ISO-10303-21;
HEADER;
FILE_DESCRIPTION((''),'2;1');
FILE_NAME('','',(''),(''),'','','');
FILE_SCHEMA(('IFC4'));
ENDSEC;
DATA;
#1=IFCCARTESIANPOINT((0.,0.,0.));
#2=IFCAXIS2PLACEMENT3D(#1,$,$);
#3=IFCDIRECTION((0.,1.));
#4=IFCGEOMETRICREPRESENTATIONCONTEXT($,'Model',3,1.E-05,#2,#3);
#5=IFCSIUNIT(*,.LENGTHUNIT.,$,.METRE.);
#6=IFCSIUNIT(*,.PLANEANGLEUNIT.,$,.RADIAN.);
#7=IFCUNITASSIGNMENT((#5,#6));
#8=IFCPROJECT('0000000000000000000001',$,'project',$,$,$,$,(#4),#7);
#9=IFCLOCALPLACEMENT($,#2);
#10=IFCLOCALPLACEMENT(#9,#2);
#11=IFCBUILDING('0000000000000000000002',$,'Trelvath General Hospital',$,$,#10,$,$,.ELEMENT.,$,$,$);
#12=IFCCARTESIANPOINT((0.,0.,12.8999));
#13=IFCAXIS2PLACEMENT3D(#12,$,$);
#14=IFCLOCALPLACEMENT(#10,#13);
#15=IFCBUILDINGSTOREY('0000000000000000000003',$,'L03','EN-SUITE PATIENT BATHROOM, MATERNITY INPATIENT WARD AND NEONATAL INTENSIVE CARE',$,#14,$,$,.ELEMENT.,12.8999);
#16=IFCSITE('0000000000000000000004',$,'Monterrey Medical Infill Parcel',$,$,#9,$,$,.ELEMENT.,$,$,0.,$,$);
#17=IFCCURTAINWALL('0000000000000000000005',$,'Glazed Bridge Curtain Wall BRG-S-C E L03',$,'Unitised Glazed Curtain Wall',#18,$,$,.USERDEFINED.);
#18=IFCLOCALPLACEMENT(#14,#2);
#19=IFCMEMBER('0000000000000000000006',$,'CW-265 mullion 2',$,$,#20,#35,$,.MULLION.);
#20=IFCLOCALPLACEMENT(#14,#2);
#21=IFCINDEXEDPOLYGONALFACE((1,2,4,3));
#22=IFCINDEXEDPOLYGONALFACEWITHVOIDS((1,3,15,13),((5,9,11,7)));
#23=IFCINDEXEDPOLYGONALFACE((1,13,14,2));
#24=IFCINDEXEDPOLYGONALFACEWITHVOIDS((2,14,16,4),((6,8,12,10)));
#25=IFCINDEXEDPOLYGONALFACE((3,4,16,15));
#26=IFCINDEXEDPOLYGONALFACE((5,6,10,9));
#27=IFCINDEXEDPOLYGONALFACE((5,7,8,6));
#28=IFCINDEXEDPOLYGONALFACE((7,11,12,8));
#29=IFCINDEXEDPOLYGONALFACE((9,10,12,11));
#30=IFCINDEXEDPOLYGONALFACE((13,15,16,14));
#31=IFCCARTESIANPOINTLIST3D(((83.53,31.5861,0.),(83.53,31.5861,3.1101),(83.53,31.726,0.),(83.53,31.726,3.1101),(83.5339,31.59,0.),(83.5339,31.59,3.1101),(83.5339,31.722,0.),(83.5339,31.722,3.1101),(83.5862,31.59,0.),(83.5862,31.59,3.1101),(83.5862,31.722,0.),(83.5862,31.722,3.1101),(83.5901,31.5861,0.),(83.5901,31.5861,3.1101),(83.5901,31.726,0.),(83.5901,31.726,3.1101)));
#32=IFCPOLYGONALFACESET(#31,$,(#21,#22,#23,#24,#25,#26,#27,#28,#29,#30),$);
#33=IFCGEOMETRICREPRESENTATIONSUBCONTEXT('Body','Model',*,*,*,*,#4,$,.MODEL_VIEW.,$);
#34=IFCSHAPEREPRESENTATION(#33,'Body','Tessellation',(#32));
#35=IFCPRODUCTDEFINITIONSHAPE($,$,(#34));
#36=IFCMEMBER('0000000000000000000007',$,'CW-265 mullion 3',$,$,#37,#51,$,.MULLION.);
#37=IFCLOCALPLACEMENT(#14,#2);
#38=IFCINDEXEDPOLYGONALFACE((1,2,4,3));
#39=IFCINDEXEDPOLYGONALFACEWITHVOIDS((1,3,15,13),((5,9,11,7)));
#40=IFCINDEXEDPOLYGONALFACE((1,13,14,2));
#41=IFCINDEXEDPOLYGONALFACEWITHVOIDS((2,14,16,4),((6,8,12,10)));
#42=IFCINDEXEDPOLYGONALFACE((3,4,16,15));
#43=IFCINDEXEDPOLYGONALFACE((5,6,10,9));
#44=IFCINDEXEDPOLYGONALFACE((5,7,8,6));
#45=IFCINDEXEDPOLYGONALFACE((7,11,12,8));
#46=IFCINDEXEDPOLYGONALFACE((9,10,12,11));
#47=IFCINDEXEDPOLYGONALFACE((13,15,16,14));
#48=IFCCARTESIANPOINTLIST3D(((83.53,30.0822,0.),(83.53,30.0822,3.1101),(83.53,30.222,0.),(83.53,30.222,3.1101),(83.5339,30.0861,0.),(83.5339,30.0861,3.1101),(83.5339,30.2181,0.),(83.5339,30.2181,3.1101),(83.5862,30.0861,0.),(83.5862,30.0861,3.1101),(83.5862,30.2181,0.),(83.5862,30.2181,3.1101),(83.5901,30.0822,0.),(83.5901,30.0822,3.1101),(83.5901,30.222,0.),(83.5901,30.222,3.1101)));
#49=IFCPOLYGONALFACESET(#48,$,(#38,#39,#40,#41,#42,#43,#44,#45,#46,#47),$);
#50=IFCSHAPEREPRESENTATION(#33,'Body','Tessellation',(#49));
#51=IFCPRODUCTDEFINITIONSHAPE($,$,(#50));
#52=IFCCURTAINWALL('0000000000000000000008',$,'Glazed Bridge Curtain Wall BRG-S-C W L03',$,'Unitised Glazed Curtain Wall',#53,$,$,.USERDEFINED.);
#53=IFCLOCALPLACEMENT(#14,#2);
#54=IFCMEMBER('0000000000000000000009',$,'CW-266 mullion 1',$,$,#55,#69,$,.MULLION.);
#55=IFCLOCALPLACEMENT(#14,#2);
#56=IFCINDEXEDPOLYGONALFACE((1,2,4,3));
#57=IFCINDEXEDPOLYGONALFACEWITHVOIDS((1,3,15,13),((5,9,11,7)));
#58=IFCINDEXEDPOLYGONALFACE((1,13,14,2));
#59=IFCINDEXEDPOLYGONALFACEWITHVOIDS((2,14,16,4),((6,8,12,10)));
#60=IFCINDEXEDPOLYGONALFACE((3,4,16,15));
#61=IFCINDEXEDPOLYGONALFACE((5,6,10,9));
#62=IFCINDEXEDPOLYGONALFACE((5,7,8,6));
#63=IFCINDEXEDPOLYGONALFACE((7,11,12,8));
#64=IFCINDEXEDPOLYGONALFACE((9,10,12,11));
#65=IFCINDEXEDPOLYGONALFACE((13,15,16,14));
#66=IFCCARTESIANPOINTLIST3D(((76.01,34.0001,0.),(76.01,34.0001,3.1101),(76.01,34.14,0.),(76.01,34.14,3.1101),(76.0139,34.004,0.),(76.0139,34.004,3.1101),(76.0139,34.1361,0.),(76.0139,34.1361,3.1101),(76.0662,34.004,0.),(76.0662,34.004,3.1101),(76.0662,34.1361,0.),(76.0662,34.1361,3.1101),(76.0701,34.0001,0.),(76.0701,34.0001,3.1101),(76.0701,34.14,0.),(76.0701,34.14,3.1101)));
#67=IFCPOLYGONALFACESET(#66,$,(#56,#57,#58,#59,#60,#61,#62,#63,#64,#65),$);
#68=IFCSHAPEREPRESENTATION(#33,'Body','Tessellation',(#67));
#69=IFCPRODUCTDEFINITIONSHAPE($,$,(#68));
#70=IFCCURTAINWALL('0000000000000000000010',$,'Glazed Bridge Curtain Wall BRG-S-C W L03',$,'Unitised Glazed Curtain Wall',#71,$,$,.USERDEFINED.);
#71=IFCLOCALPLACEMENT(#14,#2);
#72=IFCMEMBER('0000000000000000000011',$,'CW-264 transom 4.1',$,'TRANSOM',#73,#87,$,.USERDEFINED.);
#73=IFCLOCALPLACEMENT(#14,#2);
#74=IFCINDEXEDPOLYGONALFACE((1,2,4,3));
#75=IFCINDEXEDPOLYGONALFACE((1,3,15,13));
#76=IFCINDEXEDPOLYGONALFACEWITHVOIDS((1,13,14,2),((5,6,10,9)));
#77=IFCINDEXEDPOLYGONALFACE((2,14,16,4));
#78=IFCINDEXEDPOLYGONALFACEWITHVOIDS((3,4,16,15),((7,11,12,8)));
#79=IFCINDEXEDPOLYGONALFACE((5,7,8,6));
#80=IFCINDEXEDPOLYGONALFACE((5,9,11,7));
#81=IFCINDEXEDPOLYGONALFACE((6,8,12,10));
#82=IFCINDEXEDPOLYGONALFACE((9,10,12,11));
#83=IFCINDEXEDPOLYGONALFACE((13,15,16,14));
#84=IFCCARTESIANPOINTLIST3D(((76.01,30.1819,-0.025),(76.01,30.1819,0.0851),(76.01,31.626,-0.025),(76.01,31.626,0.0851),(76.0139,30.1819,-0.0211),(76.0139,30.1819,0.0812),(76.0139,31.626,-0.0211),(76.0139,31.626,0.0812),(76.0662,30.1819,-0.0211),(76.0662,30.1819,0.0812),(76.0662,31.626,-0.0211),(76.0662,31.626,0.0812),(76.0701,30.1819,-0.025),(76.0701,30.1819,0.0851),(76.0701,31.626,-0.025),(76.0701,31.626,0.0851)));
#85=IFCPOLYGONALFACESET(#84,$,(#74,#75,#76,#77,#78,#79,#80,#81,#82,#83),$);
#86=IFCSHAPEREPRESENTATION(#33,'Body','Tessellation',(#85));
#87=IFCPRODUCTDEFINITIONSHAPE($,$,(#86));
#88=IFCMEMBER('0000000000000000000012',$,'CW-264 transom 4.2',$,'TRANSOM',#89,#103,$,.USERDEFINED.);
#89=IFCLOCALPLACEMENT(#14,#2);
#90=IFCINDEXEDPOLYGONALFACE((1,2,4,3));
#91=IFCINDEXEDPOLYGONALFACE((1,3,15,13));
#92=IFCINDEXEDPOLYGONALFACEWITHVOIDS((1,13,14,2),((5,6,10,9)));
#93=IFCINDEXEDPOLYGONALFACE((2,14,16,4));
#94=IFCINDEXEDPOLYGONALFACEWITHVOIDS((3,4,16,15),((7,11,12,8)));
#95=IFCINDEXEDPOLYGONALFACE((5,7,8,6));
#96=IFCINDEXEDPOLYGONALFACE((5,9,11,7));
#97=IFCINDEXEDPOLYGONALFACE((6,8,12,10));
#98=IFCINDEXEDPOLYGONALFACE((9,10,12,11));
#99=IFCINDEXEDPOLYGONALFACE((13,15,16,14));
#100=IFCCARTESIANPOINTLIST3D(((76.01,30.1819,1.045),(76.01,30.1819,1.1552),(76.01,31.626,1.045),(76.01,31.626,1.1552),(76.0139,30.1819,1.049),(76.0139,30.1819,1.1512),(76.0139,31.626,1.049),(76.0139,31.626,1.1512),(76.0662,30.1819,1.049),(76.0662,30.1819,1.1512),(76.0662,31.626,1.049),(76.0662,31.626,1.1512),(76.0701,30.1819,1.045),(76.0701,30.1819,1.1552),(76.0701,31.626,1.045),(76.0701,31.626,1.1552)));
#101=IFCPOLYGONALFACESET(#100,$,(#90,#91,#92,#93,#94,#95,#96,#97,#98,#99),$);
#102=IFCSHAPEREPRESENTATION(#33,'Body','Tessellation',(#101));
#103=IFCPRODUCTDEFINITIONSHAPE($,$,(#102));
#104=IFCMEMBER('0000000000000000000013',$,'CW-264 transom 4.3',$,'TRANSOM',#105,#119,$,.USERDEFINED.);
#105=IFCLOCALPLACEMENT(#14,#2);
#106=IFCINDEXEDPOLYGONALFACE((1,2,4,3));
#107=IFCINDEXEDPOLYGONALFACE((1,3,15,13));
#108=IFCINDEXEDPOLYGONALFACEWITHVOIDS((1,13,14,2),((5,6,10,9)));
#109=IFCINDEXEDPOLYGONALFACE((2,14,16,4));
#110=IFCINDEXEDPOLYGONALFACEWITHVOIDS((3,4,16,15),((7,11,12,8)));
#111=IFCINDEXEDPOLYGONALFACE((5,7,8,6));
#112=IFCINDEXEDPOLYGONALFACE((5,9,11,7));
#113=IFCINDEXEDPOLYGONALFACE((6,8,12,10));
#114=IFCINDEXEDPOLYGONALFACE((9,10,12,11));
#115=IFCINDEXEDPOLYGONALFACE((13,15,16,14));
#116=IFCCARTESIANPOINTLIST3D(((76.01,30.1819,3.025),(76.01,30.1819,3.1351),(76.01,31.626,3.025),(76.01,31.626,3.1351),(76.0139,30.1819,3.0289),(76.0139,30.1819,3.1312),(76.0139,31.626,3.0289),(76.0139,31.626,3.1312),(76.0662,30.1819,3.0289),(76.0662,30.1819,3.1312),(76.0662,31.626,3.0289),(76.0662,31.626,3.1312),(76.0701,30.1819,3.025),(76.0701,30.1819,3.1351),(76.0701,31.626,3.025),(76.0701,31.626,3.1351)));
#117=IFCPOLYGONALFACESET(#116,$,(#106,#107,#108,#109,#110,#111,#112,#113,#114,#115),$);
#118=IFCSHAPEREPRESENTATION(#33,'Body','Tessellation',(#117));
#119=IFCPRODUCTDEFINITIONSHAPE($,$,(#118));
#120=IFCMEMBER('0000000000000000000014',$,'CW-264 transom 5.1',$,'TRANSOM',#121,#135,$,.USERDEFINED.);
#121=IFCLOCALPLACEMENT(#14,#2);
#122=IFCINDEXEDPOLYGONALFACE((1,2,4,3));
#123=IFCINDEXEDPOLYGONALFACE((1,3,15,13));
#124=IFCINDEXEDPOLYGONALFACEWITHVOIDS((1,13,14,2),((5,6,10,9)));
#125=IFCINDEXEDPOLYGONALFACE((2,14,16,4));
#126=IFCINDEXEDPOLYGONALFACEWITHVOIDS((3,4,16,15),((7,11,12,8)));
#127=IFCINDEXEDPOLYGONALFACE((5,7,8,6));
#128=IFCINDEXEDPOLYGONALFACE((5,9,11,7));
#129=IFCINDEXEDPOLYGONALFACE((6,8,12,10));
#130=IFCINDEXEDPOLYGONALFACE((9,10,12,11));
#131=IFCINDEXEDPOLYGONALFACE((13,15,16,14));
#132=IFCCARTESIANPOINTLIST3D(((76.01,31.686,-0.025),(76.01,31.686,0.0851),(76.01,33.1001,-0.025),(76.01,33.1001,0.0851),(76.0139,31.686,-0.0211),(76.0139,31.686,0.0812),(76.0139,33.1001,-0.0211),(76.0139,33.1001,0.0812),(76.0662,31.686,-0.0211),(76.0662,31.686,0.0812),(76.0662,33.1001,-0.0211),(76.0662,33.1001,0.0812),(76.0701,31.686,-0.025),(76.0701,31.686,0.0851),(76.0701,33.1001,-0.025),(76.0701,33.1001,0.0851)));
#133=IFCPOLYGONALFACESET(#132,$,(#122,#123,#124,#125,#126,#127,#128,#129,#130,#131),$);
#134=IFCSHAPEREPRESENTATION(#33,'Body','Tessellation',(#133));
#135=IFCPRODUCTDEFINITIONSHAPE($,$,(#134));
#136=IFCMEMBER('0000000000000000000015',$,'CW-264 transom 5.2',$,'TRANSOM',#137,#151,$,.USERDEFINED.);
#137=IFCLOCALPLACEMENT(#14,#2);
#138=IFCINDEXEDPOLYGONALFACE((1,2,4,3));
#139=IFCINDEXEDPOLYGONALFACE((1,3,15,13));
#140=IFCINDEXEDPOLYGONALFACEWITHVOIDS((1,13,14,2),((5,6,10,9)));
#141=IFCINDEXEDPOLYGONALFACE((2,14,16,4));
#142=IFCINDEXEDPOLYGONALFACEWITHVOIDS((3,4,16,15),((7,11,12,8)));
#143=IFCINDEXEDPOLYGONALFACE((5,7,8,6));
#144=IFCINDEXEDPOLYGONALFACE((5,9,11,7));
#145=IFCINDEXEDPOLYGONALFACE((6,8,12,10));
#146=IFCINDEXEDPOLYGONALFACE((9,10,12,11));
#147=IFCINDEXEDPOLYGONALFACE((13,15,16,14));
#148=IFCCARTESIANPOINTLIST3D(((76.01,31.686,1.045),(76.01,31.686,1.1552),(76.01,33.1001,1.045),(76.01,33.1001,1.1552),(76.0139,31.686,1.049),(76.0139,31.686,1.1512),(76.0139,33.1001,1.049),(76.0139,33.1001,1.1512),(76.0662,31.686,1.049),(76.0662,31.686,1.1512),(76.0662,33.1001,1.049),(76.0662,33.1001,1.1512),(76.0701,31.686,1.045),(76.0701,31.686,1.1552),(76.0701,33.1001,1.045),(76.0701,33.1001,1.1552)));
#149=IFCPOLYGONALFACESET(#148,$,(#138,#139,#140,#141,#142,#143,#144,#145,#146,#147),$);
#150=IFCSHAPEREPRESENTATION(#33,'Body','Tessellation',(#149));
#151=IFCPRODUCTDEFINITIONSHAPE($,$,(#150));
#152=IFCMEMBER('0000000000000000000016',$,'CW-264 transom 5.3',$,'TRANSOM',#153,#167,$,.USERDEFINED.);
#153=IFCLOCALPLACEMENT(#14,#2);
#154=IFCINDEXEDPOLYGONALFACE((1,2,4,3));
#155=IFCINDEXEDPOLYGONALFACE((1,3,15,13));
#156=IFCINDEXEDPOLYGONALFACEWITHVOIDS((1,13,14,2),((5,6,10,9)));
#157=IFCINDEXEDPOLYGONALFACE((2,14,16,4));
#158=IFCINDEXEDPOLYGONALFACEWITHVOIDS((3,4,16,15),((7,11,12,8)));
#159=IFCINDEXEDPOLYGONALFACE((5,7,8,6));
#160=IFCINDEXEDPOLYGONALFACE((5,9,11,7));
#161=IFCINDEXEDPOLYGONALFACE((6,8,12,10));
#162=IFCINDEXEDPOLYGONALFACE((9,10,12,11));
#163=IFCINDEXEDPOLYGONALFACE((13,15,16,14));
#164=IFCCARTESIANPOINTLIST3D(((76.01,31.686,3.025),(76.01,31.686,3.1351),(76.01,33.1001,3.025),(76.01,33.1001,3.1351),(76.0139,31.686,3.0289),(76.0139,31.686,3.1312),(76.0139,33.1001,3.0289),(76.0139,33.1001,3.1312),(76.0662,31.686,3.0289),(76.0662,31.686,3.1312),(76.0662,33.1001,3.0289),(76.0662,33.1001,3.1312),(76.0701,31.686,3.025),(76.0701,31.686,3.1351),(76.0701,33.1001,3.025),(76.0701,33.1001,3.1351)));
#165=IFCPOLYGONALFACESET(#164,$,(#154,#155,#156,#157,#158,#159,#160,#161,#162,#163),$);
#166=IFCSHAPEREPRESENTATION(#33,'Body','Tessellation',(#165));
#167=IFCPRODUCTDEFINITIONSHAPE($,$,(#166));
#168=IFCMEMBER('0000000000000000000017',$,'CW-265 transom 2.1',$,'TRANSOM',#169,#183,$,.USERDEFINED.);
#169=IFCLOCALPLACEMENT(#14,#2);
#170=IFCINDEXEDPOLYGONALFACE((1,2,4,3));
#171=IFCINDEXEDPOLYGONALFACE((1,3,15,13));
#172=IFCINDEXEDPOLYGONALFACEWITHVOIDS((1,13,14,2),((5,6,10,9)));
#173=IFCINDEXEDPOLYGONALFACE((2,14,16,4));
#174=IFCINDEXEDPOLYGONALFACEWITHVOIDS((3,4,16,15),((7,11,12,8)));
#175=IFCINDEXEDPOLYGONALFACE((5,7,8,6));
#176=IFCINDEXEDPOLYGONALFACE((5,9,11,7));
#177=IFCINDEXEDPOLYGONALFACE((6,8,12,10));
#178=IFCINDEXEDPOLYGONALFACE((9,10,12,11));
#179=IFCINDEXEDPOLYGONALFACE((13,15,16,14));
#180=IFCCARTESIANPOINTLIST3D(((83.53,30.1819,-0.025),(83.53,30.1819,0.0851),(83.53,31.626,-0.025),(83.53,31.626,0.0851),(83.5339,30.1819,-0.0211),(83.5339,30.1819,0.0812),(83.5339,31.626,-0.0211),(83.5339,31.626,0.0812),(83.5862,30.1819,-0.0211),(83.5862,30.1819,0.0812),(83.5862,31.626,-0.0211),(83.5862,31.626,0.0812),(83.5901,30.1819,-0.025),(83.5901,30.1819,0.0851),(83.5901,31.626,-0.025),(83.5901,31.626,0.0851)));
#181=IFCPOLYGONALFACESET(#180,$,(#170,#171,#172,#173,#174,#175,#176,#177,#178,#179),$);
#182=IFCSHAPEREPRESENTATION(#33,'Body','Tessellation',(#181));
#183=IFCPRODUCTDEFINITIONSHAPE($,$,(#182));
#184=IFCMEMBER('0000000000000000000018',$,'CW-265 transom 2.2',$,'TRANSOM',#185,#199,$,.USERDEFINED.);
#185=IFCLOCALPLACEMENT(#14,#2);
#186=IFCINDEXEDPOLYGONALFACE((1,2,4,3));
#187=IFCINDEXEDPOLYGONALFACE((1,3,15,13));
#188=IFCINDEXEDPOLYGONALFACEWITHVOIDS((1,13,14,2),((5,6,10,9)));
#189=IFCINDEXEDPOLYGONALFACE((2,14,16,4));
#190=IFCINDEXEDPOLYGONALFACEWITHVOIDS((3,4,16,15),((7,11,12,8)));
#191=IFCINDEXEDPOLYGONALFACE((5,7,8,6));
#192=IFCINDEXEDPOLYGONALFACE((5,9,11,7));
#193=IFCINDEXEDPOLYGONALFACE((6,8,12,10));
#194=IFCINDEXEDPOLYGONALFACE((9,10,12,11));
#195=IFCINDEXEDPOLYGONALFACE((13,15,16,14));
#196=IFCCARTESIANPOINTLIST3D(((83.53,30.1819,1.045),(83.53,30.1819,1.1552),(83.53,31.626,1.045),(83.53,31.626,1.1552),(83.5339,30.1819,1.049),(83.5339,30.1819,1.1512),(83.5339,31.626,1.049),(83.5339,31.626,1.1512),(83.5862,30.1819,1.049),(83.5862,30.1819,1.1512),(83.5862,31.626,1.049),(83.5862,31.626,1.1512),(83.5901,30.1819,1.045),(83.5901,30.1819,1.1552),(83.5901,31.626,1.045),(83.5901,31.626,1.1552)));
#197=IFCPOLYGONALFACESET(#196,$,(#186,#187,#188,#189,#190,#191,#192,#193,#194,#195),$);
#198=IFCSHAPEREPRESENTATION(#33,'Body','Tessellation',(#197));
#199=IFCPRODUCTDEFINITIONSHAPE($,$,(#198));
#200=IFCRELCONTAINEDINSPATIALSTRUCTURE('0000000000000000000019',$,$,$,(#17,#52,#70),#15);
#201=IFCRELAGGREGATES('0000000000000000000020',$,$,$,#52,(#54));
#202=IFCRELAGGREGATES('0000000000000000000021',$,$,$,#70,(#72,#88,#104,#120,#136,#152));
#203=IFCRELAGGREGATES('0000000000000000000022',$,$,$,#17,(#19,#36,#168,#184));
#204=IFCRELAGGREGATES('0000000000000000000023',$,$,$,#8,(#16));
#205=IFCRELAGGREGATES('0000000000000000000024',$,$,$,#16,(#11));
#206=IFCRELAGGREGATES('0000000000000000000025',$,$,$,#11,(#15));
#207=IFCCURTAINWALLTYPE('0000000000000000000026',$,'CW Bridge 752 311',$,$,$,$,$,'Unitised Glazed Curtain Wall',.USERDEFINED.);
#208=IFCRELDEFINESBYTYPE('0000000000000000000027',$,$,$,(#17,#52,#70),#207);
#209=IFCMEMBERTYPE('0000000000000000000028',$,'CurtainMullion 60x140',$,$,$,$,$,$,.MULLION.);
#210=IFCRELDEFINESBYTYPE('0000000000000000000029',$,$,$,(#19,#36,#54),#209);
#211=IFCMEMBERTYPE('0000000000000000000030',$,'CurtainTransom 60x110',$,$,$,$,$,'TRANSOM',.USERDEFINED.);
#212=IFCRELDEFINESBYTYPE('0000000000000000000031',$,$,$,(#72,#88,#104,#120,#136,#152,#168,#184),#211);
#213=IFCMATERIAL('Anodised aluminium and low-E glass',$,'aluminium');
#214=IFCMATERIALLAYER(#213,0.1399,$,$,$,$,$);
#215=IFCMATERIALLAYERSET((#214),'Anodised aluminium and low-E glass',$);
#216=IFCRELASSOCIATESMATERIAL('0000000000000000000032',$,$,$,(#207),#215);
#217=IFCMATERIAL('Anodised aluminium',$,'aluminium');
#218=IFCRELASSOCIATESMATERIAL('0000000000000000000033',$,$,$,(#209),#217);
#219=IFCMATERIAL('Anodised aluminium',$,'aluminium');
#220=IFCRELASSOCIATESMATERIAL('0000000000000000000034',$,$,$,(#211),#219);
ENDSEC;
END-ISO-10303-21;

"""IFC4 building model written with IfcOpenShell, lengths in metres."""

from ifc_helpers import new_model, si_unit, direction, frame, origin, origin_2d, place, context, subcontext, project, spatial, hollow_rectangle, extrude, material, layer, layer_set, material_profile, profile_set, type_object, element, aggregate, save


model = new_model("IFC4")

# Units and contexts
model_context = context("Model", 3, precision=1e-05, world=origin(), true_north=direction((0.0, 1.0)))
body_context = subcontext(model_context, "Body", "Model", "MODEL_VIEW")
ifc_project = project(units=[si_unit("LENGTHUNIT", "METRE"), si_unit("PLANEANGLEUNIT", "RADIAN")], contexts=[model_context])

# Site, building, storey
site_placement = place(None, origin())
site = spatial("IfcSite", under=ifc_project, at=site_placement, Name="Monterrey Medical Infill Parcel", CompositionType="ELEMENT", RefElevation=0.0)
building_placement = place(site_placement, origin())
building = spatial("IfcBuilding", under=site, at=building_placement, Name="Trelvath General Hospital", CompositionType="ELEMENT")
storey_placement = place(building_placement, frame((0.0, 0.0, 12.8999)))
storey = spatial("IfcBuildingStorey", under=building, at=storey_placement, Name="L03", Description="EN-SUITE PATIENT BATHROOM, MATERNITY INPATIENT WARD AND NEONATAL INTENSIVE CARE", CompositionType="ELEMENT", Elevation=12.8999)

# Curtain wall, members
ifc_material_1 = material(Name="Anodised aluminium and low-E glass", Category="aluminium")
ifc_layer_1 = layer(ifc_material_1, 0.1399)
ifc_layer_set_1 = layer_set([ifc_layer_1], Name="Anodised aluminium and low-E glass")
curtain_wall_type = type_object("IfcCurtainWallType", Name="CW Bridge 752 311", ElementType="Unitised Glazed Curtain Wall", PredefinedType="USERDEFINED", material=ifc_layer_set_1)
curtain_wall_1_placement = place(storey_placement, origin())
curtain_wall_1 = element("IfcCurtainWall", 1, at=curtain_wall_1_placement, inside=storey, type_object=curtain_wall_type, Name="Glazed Bridge Curtain Wall BRG-S-C E L03", ObjectType="Unitised Glazed Curtain Wall", PredefinedType="USERDEFINED")
ifc_material_2 = material(Name="Anodised aluminium", Category="aluminium")
ifc_material_profile_1 = material_profile(ifc_material_2, hollow_rectangle(XDim=0.0601, YDim=0.1399, WallThickness=0.0039, at=origin_2d()), Name="RHS60x140x4")
ifc_profile_set_1 = profile_set([ifc_material_profile_1], Name="Anodised aluminium")
member_type_1 = type_object("IfcMemberType", Name="CurtainMullion 60x140", PredefinedType="MULLION", material=ifc_profile_set_1)
member_1_placement = place(storey_placement, frame((83.5601, 31.656, 0.0), z_axis=(0.0, 0.0, 1.0), x_axis=(1.0, 0.0, 0.0)))
member_1 = element("IfcMember", 2, at=member_1_placement, type_object=member_type_1, Name="CW-265 mullion 2", PredefinedType="MULLION", context=body_context, shape_type="SweptSolid", body=[
    extrude(hollow_rectangle(XDim=0.0601, YDim=0.1399, WallThickness=0.0039, at=origin_2d()), origin(), (0.0, 0.0, 1.0), 3.1101),
])
member_2_placement = place(storey_placement, frame((83.5601, 30.1521, 0.0), z_axis=(0.0, 0.0, 1.0), x_axis=(1.0, 0.0, 0.0)))
member_2 = element("IfcMember", 3, at=member_2_placement, type_object=member_type_1, Name="CW-265 mullion 3", PredefinedType="MULLION", context=body_context, shape_type="SweptSolid", body=[
    extrude(hollow_rectangle(XDim=0.0601, YDim=0.1399, WallThickness=0.0039, at=origin_2d()), origin(), (0.0, 0.0, 1.0), 3.1101),
])

# Curtain wall, member
curtain_wall_2_placement = place(storey_placement, origin())
curtain_wall_2 = element("IfcCurtainWall", 4, at=curtain_wall_2_placement, inside=storey, type_object=curtain_wall_type, Name="Glazed Bridge Curtain Wall BRG-S-C W L03", ObjectType="Unitised Glazed Curtain Wall", PredefinedType="USERDEFINED")
member_3_placement = place(storey_placement, frame((76.04, 34.0701, 0.0), z_axis=(0.0, 0.0, 1.0), x_axis=(-1.0, 0.0, 0.0)))
member_3 = element("IfcMember", 5, at=member_3_placement, type_object=member_type_1, Name="CW-266 mullion 1", PredefinedType="MULLION", context=body_context, shape_type="SweptSolid", body=[
    extrude(hollow_rectangle(XDim=0.0601, YDim=0.1399, WallThickness=0.0039, at=origin_2d()), origin(), (0.0, 0.0, 1.0), 3.1101),
])

# Curtain wall, members
curtain_wall_3_placement = place(storey_placement, origin())
curtain_wall_3 = element("IfcCurtainWall", 6, at=curtain_wall_3_placement, inside=storey, type_object=curtain_wall_type, Name="Glazed Bridge Curtain Wall BRG-S-C W L03", ObjectType="Unitised Glazed Curtain Wall", PredefinedType="USERDEFINED")
ifc_material_3 = material(Name="Anodised aluminium", Category="aluminium")
ifc_material_profile_2 = material_profile(ifc_material_3, hollow_rectangle(XDim=0.0601, YDim=0.1101, WallThickness=0.0039, at=origin_2d()), Name="RHS60x110x4")
ifc_profile_set_2 = profile_set([ifc_material_profile_2], Name="Anodised aluminium")
member_type_2 = type_object("IfcMemberType", Name="CurtainTransom 60x110", ElementType="TRANSOM", PredefinedType="USERDEFINED", material=ifc_profile_set_2)
member_4_placement = place(storey_placement, frame((76.04, 30.1819, 0.03), z_axis=(0.0, 1.0, 0.0), x_axis=(-1.0, 0.0, 0.0)))
member_4 = element("IfcMember", 7, at=member_4_placement, type_object=member_type_2, Name="CW-264 transom 4.1", ObjectType="TRANSOM", PredefinedType="USERDEFINED", context=body_context, shape_type="SweptSolid", body=[
    extrude(hollow_rectangle(XDim=0.0601, YDim=0.1101, WallThickness=0.0039, at=origin_2d()), origin(), (0.0, 0.0, 1.0), 1.4441),
])
member_5_placement = place(storey_placement, frame((76.04, 30.1819, 1.1001), z_axis=(0.0, 1.0, 0.0), x_axis=(-1.0, 0.0, 0.0)))
member_5 = element("IfcMember", 8, at=member_5_placement, type_object=member_type_2, Name="CW-264 transom 4.2", ObjectType="TRANSOM", PredefinedType="USERDEFINED", context=body_context, shape_type="SweptSolid", body=[
    extrude(hollow_rectangle(XDim=0.0601, YDim=0.1101, WallThickness=0.0039, at=origin_2d()), origin(), (0.0, 0.0, 1.0), 1.4441),
])
member_6_placement = place(storey_placement, frame((76.04, 30.1819, 3.0801), z_axis=(0.0, 1.0, 0.0), x_axis=(-1.0, 0.0, 0.0)))
member_6 = element("IfcMember", 9, at=member_6_placement, type_object=member_type_2, Name="CW-264 transom 4.3", ObjectType="TRANSOM", PredefinedType="USERDEFINED", context=body_context, shape_type="SweptSolid", body=[
    extrude(hollow_rectangle(XDim=0.0601, YDim=0.1101, WallThickness=0.0039, at=origin_2d()), origin(), (0.0, 0.0, 1.0), 1.4441),
])
member_7_placement = place(storey_placement, frame((76.04, 31.686, 0.03), z_axis=(0.0, 1.0, 0.0), x_axis=(-1.0, 0.0, 0.0)))
member_7 = element("IfcMember", 10, at=member_7_placement, type_object=member_type_2, Name="CW-264 transom 5.1", ObjectType="TRANSOM", PredefinedType="USERDEFINED", context=body_context, shape_type="SweptSolid", body=[
    extrude(hollow_rectangle(XDim=0.0601, YDim=0.1101, WallThickness=0.0039, at=origin_2d()), origin(), (0.0, 0.0, 1.0), 1.4141),
])
member_8_placement = place(storey_placement, frame((76.04, 31.686, 1.1001), z_axis=(0.0, 1.0, 0.0), x_axis=(-1.0, 0.0, 0.0)))
member_8 = element("IfcMember", 11, at=member_8_placement, type_object=member_type_2, Name="CW-264 transom 5.2", ObjectType="TRANSOM", PredefinedType="USERDEFINED", context=body_context, shape_type="SweptSolid", body=[
    extrude(hollow_rectangle(XDim=0.0601, YDim=0.1101, WallThickness=0.0039, at=origin_2d()), origin(), (0.0, 0.0, 1.0), 1.4141),
])
member_9_placement = place(storey_placement, frame((76.04, 31.686, 3.0801), z_axis=(0.0, 1.0, 0.0), x_axis=(-1.0, 0.0, 0.0)))
member_9 = element("IfcMember", 12, at=member_9_placement, type_object=member_type_2, Name="CW-264 transom 5.3", ObjectType="TRANSOM", PredefinedType="USERDEFINED", context=body_context, shape_type="SweptSolid", body=[
    extrude(hollow_rectangle(XDim=0.0601, YDim=0.1101, WallThickness=0.0039, at=origin_2d()), origin(), (0.0, 0.0, 1.0), 1.4141),
])

# Members
member_10_placement = place(storey_placement, frame((83.5601, 31.626, 0.03), z_axis=(0.0, -1.0, 0.0), x_axis=(1.0, 0.0, 0.0)))
member_10 = element("IfcMember", 13, at=member_10_placement, type_object=member_type_2, Name="CW-265 transom 2.1", ObjectType="TRANSOM", PredefinedType="USERDEFINED", context=body_context, shape_type="SweptSolid", body=[
    extrude(hollow_rectangle(XDim=0.0601, YDim=0.1101, WallThickness=0.0039, at=origin_2d()), origin(), (0.0, 0.0, 1.0), 1.4441),
])
member_11_placement = place(storey_placement, frame((83.5601, 31.626, 1.1001), z_axis=(0.0, -1.0, 0.0), x_axis=(1.0, 0.0, 0.0)))
member_11 = element("IfcMember", 14, at=member_11_placement, type_object=member_type_2, Name="CW-265 transom 2.2", ObjectType="TRANSOM", PredefinedType="USERDEFINED", context=body_context, shape_type="SweptSolid", body=[
    extrude(hollow_rectangle(XDim=0.0601, YDim=0.1101, WallThickness=0.0039, at=origin_2d()), origin(), (0.0, 0.0, 1.0), 1.4441),
])
aggregate(curtain_wall_2, [member_3])

aggregate(curtain_wall_3, [member_4, member_5, member_6, member_7, member_8, member_9])
aggregate(curtain_wall_1, [member_1, member_2, member_10, member_11])

save(model, "model.ifc")
